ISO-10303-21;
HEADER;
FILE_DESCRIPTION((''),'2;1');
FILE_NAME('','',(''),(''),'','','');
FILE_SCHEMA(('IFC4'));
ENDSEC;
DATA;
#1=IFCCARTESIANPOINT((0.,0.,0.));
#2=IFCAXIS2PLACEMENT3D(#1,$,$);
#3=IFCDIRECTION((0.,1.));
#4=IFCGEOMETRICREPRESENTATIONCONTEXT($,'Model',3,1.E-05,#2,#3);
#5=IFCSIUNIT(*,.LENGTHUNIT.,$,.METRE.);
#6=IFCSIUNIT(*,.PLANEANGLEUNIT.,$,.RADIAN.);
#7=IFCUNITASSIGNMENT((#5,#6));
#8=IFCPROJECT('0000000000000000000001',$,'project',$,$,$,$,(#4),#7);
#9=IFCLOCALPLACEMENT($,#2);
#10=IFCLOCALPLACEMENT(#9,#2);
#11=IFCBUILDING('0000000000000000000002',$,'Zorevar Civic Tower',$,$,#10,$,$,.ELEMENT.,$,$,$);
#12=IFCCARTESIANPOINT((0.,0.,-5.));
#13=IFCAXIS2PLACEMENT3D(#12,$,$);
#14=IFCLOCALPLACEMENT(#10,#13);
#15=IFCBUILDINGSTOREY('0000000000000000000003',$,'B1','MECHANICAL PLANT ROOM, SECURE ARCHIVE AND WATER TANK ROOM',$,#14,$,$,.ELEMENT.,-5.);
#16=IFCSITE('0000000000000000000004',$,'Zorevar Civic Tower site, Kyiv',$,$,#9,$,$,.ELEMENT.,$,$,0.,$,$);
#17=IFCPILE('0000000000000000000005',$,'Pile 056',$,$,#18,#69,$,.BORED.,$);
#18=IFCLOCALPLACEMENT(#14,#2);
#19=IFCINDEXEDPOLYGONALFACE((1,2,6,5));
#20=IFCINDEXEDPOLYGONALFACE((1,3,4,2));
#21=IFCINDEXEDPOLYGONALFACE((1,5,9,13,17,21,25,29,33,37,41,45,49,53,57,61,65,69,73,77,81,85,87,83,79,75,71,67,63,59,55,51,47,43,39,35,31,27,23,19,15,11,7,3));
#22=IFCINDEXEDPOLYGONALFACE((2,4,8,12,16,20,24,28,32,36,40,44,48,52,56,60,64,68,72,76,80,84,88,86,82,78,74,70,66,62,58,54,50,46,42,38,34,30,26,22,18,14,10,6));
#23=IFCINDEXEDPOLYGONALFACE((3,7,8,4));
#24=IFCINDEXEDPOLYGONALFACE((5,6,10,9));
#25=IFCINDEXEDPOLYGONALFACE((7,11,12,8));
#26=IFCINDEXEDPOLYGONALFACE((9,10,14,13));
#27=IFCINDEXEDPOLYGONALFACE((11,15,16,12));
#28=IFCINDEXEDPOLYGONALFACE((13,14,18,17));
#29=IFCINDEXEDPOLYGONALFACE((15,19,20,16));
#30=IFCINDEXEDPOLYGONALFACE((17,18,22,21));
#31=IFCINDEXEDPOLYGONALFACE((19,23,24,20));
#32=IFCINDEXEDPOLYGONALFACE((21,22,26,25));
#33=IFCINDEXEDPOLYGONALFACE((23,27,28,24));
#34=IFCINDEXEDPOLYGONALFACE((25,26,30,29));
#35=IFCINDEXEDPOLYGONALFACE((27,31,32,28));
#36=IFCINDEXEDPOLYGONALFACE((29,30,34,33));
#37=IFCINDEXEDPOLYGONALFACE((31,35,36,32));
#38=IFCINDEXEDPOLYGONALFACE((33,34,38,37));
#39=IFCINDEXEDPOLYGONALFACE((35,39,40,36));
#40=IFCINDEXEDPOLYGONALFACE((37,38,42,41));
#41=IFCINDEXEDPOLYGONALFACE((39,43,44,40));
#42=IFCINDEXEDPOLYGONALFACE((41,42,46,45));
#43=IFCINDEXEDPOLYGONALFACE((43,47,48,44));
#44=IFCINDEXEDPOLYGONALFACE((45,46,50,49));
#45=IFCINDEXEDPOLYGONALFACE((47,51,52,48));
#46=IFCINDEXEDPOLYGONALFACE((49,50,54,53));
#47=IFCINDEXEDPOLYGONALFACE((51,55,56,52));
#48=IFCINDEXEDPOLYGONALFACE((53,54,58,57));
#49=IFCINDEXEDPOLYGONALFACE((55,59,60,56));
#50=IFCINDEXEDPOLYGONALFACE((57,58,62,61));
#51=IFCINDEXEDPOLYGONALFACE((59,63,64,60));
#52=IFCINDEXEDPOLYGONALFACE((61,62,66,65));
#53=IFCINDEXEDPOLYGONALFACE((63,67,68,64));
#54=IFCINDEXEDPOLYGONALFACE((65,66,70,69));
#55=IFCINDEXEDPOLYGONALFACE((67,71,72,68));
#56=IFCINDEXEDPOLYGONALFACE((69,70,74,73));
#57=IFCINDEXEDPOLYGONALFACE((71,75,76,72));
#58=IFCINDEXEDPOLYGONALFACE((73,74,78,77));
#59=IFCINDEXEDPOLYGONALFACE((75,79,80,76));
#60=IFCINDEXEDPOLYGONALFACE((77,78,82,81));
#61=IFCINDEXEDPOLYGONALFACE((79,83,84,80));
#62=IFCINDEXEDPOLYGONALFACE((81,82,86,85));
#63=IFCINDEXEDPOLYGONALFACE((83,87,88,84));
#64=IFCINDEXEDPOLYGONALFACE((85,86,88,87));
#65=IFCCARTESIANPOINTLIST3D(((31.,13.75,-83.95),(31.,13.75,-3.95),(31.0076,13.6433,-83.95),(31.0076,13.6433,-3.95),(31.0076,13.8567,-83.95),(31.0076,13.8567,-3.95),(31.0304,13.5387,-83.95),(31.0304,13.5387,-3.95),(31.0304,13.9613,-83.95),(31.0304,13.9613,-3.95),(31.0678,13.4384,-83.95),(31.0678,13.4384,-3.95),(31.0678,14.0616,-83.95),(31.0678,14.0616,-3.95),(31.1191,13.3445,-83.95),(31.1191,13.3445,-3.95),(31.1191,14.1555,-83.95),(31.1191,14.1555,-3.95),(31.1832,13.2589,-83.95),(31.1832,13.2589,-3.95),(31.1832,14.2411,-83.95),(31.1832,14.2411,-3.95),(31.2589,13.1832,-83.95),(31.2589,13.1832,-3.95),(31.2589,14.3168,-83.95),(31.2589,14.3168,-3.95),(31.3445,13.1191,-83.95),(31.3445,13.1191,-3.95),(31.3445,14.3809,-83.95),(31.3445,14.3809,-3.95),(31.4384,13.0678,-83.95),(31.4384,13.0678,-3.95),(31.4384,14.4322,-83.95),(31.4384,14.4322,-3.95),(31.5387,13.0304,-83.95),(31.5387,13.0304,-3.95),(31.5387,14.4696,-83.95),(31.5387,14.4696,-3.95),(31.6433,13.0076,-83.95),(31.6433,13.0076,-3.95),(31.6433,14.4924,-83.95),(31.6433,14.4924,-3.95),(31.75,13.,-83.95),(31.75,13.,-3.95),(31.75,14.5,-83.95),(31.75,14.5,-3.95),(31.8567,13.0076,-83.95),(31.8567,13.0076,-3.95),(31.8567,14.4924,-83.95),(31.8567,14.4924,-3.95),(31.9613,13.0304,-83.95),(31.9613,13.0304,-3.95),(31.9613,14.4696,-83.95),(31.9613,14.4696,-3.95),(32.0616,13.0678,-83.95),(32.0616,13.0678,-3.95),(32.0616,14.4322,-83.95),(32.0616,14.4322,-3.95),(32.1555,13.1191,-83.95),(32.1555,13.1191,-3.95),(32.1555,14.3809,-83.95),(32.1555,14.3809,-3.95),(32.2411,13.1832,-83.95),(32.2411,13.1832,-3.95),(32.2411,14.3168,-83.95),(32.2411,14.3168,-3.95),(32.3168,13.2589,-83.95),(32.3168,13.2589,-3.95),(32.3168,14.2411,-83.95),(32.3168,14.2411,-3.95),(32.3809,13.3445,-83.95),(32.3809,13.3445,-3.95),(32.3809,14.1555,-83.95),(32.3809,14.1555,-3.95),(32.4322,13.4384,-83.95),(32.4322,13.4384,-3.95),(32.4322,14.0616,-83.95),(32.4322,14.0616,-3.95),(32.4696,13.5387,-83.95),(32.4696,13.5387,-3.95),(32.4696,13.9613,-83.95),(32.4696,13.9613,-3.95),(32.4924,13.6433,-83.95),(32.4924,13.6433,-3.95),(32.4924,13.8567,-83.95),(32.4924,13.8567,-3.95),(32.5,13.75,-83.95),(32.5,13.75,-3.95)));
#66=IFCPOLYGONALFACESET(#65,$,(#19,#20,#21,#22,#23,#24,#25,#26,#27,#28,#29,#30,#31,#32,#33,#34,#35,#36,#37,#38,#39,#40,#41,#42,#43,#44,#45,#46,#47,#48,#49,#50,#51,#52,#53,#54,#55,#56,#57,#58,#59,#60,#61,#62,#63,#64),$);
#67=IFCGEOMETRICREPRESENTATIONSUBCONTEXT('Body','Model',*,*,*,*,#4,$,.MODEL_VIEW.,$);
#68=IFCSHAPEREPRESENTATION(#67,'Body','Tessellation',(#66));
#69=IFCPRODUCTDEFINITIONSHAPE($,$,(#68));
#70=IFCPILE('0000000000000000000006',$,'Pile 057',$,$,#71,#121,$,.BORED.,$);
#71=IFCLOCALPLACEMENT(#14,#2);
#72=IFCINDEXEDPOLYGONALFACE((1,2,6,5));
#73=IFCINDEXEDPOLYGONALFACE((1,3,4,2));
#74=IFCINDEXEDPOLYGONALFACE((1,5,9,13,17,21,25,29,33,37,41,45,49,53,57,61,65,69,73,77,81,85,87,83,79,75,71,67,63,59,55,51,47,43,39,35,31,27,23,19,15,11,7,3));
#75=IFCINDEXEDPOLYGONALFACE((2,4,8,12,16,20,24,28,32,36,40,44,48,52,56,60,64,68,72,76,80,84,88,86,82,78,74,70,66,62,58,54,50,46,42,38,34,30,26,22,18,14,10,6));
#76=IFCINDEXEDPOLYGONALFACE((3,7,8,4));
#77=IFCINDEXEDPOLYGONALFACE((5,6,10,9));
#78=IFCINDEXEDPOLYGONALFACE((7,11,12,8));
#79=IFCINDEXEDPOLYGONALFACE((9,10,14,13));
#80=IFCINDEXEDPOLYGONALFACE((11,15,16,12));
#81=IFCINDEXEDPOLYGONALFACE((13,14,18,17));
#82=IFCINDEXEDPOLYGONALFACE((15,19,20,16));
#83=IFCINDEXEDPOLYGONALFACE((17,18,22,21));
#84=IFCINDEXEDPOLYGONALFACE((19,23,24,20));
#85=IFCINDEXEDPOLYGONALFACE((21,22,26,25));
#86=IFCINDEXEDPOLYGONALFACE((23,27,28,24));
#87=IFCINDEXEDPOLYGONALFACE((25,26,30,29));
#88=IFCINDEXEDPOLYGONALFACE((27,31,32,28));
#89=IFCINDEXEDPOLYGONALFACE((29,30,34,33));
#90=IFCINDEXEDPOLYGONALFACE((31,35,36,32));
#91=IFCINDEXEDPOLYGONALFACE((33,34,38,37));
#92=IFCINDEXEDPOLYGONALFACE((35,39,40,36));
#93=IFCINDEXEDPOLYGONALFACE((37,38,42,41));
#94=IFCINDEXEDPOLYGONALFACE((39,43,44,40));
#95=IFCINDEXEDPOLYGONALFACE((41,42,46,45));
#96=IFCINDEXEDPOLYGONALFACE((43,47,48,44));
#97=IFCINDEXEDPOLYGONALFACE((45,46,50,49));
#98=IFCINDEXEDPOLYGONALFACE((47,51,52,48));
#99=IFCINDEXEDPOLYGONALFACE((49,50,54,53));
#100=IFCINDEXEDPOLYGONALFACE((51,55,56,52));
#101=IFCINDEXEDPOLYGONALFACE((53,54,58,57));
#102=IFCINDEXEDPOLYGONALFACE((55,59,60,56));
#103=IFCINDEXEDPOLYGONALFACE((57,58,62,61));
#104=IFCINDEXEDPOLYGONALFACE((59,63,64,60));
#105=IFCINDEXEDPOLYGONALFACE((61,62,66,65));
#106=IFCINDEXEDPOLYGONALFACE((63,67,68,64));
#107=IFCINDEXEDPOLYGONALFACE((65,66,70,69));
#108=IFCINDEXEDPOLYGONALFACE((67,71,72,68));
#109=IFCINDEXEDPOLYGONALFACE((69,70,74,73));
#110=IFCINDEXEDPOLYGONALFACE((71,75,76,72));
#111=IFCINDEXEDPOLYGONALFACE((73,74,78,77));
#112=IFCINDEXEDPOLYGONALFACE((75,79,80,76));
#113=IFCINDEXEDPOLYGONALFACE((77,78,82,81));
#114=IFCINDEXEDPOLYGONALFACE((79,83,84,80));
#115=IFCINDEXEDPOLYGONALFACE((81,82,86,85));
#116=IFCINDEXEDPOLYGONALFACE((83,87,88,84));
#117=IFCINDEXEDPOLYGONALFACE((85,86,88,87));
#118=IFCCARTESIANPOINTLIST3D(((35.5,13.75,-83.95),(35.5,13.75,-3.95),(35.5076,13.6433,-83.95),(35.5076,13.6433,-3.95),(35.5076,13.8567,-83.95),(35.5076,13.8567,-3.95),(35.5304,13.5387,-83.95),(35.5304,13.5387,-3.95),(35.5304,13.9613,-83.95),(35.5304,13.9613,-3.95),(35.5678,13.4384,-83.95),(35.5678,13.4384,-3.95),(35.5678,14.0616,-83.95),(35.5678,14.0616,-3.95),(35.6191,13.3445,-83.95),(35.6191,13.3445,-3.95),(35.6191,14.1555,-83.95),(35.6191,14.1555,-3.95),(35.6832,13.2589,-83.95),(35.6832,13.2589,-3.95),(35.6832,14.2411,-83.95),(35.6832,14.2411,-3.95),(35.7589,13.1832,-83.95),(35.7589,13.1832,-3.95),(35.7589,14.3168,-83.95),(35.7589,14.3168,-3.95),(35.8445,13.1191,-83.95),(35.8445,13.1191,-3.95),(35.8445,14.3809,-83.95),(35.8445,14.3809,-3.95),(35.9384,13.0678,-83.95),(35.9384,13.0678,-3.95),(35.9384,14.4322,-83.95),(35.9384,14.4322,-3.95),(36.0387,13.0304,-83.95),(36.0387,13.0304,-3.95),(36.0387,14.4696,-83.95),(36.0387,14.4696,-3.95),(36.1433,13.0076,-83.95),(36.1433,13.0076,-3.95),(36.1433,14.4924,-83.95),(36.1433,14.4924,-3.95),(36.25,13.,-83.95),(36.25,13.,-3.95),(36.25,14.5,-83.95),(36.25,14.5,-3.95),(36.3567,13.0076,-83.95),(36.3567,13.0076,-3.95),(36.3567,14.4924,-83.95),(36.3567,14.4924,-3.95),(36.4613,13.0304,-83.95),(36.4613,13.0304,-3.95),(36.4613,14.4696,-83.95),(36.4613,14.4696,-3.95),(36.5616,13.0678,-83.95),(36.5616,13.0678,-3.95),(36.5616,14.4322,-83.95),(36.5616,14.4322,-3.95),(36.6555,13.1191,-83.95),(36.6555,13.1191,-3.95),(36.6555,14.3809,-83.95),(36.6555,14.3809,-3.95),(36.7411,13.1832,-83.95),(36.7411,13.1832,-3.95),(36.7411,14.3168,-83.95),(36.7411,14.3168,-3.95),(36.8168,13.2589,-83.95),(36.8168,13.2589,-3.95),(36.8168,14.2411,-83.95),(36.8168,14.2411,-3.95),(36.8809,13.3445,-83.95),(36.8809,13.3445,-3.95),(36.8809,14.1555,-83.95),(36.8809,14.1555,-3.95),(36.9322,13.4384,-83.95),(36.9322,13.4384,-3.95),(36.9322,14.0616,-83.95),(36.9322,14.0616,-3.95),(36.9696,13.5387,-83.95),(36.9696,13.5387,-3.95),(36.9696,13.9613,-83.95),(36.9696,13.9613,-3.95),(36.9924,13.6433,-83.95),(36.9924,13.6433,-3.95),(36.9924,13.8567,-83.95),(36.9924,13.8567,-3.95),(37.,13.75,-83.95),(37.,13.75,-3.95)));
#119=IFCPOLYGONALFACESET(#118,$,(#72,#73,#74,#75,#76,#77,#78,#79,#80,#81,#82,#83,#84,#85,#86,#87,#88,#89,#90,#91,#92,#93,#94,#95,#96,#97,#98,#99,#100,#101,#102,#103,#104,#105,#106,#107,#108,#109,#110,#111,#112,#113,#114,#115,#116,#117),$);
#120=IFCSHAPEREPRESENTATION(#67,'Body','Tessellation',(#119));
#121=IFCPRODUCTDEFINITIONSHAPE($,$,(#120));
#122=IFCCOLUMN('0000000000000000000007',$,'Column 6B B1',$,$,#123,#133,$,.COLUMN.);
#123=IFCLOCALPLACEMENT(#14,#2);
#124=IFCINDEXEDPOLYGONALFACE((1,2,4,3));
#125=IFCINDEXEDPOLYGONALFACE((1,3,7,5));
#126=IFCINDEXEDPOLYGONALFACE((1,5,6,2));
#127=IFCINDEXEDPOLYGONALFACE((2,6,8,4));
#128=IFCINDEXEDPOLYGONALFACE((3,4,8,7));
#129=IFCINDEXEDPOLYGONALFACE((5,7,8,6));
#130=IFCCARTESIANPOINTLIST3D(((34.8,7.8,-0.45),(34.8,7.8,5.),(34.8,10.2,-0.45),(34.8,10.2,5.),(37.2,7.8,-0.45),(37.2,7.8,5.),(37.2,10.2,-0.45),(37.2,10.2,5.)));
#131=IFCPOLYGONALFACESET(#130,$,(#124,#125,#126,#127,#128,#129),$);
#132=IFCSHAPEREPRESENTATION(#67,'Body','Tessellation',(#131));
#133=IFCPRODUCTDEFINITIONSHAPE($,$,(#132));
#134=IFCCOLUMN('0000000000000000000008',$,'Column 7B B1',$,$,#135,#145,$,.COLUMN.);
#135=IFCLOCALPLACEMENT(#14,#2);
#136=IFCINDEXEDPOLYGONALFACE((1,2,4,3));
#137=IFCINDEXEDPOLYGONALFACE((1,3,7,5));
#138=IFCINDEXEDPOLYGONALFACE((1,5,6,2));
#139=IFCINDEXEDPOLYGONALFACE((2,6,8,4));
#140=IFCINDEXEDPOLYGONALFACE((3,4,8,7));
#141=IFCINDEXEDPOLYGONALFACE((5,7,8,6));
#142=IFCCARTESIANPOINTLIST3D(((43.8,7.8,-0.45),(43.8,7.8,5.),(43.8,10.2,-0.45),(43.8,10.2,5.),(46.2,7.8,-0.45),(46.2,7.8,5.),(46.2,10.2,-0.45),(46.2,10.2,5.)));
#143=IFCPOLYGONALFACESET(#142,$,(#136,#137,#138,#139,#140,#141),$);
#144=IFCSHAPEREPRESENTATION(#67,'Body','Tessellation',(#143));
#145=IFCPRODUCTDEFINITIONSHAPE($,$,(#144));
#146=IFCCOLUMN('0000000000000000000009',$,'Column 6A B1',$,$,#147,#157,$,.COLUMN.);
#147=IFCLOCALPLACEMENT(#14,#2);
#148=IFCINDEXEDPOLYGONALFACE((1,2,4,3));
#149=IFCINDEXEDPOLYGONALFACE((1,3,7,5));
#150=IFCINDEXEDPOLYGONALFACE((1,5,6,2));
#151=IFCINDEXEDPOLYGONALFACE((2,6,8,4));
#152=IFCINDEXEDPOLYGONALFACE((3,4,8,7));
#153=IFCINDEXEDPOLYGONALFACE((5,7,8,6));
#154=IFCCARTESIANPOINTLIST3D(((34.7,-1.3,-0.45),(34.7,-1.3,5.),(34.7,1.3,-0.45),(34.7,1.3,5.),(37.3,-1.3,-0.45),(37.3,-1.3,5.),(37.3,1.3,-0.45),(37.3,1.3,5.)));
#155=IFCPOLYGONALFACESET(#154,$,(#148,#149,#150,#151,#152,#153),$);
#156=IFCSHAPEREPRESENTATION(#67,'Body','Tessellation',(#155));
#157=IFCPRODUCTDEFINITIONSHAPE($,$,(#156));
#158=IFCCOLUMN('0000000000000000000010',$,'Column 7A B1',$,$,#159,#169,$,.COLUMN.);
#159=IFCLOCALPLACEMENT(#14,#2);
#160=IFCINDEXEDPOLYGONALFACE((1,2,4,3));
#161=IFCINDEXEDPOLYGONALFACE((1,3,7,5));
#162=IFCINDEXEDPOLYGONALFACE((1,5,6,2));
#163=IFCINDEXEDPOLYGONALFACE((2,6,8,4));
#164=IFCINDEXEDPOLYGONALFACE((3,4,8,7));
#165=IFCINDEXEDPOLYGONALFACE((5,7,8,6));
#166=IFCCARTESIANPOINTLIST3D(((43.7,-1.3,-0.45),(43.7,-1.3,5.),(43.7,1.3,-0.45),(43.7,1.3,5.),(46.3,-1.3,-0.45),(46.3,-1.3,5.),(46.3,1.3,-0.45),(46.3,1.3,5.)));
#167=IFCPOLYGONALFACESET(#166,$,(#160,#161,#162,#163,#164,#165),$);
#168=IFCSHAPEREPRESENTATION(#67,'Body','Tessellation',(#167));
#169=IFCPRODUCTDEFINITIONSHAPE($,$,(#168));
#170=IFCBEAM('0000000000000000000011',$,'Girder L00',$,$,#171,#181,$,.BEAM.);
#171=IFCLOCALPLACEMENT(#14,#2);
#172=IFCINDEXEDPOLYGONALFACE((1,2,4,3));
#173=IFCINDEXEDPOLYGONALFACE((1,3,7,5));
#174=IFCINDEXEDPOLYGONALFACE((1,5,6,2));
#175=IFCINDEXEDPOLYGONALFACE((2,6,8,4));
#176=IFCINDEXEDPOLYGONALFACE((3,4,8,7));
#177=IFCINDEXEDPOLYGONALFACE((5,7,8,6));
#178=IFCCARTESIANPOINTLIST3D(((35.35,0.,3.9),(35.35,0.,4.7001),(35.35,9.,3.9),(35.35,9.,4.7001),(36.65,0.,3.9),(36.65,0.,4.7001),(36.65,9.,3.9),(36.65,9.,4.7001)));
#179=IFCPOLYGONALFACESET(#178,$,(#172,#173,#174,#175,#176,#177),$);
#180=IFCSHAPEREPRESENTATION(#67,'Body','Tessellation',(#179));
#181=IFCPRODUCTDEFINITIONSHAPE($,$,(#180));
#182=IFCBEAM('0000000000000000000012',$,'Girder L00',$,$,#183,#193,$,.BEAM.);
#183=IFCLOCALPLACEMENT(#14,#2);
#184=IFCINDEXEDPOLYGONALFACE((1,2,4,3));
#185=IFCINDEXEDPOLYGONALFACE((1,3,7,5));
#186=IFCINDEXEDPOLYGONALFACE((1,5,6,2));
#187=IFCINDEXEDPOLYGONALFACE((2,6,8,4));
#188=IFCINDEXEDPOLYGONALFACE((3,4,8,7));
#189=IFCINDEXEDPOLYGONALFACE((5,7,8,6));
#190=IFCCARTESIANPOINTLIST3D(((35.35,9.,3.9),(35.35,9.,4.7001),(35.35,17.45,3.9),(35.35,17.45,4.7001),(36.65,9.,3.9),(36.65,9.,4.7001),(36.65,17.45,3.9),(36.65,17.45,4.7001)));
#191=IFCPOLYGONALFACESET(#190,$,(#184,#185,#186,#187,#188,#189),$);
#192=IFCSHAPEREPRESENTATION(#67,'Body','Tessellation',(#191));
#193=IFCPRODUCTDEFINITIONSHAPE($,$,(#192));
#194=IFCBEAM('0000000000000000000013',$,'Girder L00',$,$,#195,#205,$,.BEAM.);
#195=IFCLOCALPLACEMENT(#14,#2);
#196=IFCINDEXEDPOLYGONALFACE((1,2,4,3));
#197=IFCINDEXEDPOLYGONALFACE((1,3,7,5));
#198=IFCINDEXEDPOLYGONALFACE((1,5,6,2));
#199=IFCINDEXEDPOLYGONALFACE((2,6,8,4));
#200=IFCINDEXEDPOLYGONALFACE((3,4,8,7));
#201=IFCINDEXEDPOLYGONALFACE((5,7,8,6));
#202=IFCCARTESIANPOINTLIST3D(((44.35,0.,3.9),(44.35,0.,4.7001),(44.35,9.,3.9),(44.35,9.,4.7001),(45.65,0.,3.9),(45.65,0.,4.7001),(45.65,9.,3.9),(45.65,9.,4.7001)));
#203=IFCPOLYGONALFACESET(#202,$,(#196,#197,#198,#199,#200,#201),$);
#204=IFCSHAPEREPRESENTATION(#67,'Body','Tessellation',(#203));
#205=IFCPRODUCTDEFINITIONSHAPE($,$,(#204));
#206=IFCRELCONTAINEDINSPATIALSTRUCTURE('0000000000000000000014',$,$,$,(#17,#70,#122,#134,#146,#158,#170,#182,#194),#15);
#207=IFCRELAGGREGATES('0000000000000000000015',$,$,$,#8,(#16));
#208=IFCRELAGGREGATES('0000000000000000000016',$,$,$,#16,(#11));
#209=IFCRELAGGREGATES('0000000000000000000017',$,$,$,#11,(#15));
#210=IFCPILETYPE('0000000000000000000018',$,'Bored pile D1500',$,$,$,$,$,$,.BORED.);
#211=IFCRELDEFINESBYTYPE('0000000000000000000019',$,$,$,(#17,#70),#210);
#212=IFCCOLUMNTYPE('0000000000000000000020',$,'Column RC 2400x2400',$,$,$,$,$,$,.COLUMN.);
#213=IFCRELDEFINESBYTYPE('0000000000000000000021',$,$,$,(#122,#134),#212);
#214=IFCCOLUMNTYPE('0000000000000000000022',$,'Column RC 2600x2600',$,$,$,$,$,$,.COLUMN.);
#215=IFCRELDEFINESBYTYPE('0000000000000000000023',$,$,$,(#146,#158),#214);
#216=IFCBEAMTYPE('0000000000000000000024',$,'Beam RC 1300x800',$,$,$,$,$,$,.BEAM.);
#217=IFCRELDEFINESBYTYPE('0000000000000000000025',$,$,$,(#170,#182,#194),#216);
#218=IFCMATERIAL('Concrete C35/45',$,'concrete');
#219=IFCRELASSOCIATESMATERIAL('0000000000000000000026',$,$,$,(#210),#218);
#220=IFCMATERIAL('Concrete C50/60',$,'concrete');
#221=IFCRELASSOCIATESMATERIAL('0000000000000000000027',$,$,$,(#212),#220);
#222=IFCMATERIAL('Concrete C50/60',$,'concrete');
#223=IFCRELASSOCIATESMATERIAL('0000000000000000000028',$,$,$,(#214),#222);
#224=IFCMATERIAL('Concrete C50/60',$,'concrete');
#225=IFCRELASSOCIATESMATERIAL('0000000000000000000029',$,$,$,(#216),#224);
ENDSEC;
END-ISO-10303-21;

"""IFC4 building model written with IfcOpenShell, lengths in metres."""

from ifc_helpers import new_model, si_unit, direction, frame, origin, origin_2d, place, context, subcontext, project, spatial, rectangle, circle, extrude, material, material_profile, profile_set, type_object, element, save


model = new_model("IFC4")

# Units and contexts
model_context = context("Model", 3, precision=1e-05, world=origin(), true_north=direction((0.0, 1.0)))
body_context = subcontext(model_context, "Body", "Model", "MODEL_VIEW")
ifc_project = project(units=[si_unit("LENGTHUNIT", "METRE"), si_unit("PLANEANGLEUNIT", "RADIAN")], contexts=[model_context])

# Site, building, storey
site_placement = place(None, origin())
site = spatial("IfcSite", under=ifc_project, at=site_placement, Name="Zorevar Civic Tower site, Kyiv", CompositionType="ELEMENT", RefElevation=0.0)
building_placement = place(site_placement, origin())
building = spatial("IfcBuilding", under=site, at=building_placement, Name="Zorevar Civic Tower", CompositionType="ELEMENT")
storey_placement = place(building_placement, frame((0.0, 0.0, -5.0)))
storey = spatial("IfcBuildingStorey", under=building, at=storey_placement, Name="B1", Description="MECHANICAL PLANT ROOM, SECURE ARCHIVE AND WATER TANK ROOM", CompositionType="ELEMENT", Elevation=-5.0)

# Piles
ifc_material_1 = material(Name="Concrete C35/45", Category="concrete")
pile_type = type_object("IfcPileType", Name="Bored pile D1500", PredefinedType="BORED", material=ifc_material_1)
for number, where, z_axis, x_axis, name in (
    (1, (31.75, 13.75, -3.95), (0.0, 0.0, -1.0), (1.0, 0.0, 0.0), "Pile 056"),
    (2, (36.25, 13.75, -3.95), (0.0, 0.0, -1.0), (1.0, 0.0, 0.0), "Pile 057"),
):
    element("IfcPile", number, at=place(storey_placement, frame(where, z_axis=z_axis, x_axis=x_axis)), inside=storey, type_object=pile_type, Name=name, PredefinedType="BORED", context=body_context, shape_type="SweptSolid", body=[
        extrude(circle(Radius=0.75, at=origin_2d()), origin(), (0.0, 0.0, 1.0), 80.0),
    ])

# Columns
ifc_material_2 = material(Name="Concrete C50/60", Category="concrete")
ifc_material_profile_1 = material_profile(ifc_material_2, rectangle(XDim=2.3999, YDim=2.3999, at=origin_2d()), Name="RC 2400x2400")
ifc_profile_set_1 = profile_set([ifc_material_profile_1], Name="Concrete C50/60")
column_type_1 = type_object("IfcColumnType", Name="Column RC 2400x2400", PredefinedType="COLUMN", material=ifc_profile_set_1)
for number, where, z_axis, x_axis, name in (
    (3, (36.0, 9.0, -0.45), (0.0, 0.0, 1.0), (1.0, 0.0, 0.0), "Column 6B B1"),
    (4, (45.0, 9.0, -0.45), (0.0, 0.0, 1.0), (1.0, 0.0, 0.0), "Column 7B B1"),
):
    element("IfcColumn", number, at=place(storey_placement, frame(where, z_axis=z_axis, x_axis=x_axis)), inside=storey, type_object=column_type_1, Name=name, PredefinedType="COLUMN", context=body_context, shape_type="SweptSolid", body=[
        extrude(rectangle(XDim=2.3999, YDim=2.3999, at=origin_2d()), origin(), (0.0, 0.0, 1.0), 5.45),
    ])
ifc_material_3 = material(Name="Concrete C50/60", Category="concrete")
ifc_material_profile_2 = material_profile(ifc_material_3, rectangle(XDim=2.6001, YDim=2.6001, at=origin_2d()), Name="RC 2600x2600")
ifc_profile_set_2 = profile_set([ifc_material_profile_2], Name="Concrete C50/60")
column_type_2 = type_object("IfcColumnType", Name="Column RC 2600x2600", PredefinedType="COLUMN", material=ifc_profile_set_2)
for number, where, z_axis, x_axis, name in (
    (5, (36.0, 0.0, -0.45), (0.0, 0.0, 1.0), (1.0, 0.0, 0.0), "Column 6A B1"),
    (6, (45.0, 0.0, -0.45), (0.0, 0.0, 1.0), (1.0, 0.0, 0.0), "Column 7A B1"),
):
    element("IfcColumn", number, at=place(storey_placement, frame(where, z_axis=z_axis, x_axis=x_axis)), inside=storey, type_object=column_type_2, Name=name, PredefinedType="COLUMN", context=body_context, shape_type="SweptSolid", body=[
        extrude(rectangle(XDim=2.6001, YDim=2.6001, at=origin_2d()), origin(), (0.0, 0.0, 1.0), 5.45),
    ])

# Beams
ifc_material_4 = material(Name="Concrete C50/60", Category="concrete")
ifc_material_profile_3 = material_profile(ifc_material_4, rectangle(XDim=1.3, YDim=0.8, at=origin_2d()), Name="RC 1300x800")
ifc_profile_set_3 = profile_set([ifc_material_profile_3], Name="Concrete C50/60")
beam_type_1 = type_object("IfcBeamType", Name="Beam RC 1300x800", PredefinedType="BEAM", material=ifc_profile_set_3)
beam_1_placement = place(storey_placement, frame((36.0, 0.0, 4.3), z_axis=(0.0, 1.0, 0.0), x_axis=(-1.0, 0.0, 0.0)))
element("IfcBeam", 7, at=beam_1_placement, inside=storey, type_object=beam_type_1, Name="Girder L00", PredefinedType="BEAM", context=body_context, shape_type="SweptSolid", body=[
    extrude(rectangle(XDim=1.3, YDim=0.8, at=origin_2d()), origin(), (0.0, 0.0, 1.0), 9.0),
])
beam_2_placement = place(storey_placement, frame((36.0, 9.0, 4.3), z_axis=(0.0, 1.0, 0.0), x_axis=(-1.0, 0.0, 0.0)))
element("IfcBeam", 8, at=beam_2_placement, inside=storey, type_object=beam_type_1, Name="Girder L00", PredefinedType="BEAM", context=body_context, shape_type="SweptSolid", body=[
    extrude(rectangle(XDim=1.3, YDim=0.8, at=origin_2d()), origin(), (0.0, 0.0, 1.0), 8.45),
])
beam_3_placement = place(storey_placement, frame((45.0, 0.0, 4.3), z_axis=(0.0, 1.0, 0.0), x_axis=(-1.0, 0.0, 0.0)))
element("IfcBeam", 9, at=beam_3_placement, inside=storey, type_object=beam_type_1, Name="Girder L00", PredefinedType="BEAM", context=body_context, shape_type="SweptSolid", body=[
    extrude(rectangle(XDim=1.3, YDim=0.8, at=origin_2d()), origin(), (0.0, 0.0, 1.0), 9.0),
])

save(model, "model.ifc")
